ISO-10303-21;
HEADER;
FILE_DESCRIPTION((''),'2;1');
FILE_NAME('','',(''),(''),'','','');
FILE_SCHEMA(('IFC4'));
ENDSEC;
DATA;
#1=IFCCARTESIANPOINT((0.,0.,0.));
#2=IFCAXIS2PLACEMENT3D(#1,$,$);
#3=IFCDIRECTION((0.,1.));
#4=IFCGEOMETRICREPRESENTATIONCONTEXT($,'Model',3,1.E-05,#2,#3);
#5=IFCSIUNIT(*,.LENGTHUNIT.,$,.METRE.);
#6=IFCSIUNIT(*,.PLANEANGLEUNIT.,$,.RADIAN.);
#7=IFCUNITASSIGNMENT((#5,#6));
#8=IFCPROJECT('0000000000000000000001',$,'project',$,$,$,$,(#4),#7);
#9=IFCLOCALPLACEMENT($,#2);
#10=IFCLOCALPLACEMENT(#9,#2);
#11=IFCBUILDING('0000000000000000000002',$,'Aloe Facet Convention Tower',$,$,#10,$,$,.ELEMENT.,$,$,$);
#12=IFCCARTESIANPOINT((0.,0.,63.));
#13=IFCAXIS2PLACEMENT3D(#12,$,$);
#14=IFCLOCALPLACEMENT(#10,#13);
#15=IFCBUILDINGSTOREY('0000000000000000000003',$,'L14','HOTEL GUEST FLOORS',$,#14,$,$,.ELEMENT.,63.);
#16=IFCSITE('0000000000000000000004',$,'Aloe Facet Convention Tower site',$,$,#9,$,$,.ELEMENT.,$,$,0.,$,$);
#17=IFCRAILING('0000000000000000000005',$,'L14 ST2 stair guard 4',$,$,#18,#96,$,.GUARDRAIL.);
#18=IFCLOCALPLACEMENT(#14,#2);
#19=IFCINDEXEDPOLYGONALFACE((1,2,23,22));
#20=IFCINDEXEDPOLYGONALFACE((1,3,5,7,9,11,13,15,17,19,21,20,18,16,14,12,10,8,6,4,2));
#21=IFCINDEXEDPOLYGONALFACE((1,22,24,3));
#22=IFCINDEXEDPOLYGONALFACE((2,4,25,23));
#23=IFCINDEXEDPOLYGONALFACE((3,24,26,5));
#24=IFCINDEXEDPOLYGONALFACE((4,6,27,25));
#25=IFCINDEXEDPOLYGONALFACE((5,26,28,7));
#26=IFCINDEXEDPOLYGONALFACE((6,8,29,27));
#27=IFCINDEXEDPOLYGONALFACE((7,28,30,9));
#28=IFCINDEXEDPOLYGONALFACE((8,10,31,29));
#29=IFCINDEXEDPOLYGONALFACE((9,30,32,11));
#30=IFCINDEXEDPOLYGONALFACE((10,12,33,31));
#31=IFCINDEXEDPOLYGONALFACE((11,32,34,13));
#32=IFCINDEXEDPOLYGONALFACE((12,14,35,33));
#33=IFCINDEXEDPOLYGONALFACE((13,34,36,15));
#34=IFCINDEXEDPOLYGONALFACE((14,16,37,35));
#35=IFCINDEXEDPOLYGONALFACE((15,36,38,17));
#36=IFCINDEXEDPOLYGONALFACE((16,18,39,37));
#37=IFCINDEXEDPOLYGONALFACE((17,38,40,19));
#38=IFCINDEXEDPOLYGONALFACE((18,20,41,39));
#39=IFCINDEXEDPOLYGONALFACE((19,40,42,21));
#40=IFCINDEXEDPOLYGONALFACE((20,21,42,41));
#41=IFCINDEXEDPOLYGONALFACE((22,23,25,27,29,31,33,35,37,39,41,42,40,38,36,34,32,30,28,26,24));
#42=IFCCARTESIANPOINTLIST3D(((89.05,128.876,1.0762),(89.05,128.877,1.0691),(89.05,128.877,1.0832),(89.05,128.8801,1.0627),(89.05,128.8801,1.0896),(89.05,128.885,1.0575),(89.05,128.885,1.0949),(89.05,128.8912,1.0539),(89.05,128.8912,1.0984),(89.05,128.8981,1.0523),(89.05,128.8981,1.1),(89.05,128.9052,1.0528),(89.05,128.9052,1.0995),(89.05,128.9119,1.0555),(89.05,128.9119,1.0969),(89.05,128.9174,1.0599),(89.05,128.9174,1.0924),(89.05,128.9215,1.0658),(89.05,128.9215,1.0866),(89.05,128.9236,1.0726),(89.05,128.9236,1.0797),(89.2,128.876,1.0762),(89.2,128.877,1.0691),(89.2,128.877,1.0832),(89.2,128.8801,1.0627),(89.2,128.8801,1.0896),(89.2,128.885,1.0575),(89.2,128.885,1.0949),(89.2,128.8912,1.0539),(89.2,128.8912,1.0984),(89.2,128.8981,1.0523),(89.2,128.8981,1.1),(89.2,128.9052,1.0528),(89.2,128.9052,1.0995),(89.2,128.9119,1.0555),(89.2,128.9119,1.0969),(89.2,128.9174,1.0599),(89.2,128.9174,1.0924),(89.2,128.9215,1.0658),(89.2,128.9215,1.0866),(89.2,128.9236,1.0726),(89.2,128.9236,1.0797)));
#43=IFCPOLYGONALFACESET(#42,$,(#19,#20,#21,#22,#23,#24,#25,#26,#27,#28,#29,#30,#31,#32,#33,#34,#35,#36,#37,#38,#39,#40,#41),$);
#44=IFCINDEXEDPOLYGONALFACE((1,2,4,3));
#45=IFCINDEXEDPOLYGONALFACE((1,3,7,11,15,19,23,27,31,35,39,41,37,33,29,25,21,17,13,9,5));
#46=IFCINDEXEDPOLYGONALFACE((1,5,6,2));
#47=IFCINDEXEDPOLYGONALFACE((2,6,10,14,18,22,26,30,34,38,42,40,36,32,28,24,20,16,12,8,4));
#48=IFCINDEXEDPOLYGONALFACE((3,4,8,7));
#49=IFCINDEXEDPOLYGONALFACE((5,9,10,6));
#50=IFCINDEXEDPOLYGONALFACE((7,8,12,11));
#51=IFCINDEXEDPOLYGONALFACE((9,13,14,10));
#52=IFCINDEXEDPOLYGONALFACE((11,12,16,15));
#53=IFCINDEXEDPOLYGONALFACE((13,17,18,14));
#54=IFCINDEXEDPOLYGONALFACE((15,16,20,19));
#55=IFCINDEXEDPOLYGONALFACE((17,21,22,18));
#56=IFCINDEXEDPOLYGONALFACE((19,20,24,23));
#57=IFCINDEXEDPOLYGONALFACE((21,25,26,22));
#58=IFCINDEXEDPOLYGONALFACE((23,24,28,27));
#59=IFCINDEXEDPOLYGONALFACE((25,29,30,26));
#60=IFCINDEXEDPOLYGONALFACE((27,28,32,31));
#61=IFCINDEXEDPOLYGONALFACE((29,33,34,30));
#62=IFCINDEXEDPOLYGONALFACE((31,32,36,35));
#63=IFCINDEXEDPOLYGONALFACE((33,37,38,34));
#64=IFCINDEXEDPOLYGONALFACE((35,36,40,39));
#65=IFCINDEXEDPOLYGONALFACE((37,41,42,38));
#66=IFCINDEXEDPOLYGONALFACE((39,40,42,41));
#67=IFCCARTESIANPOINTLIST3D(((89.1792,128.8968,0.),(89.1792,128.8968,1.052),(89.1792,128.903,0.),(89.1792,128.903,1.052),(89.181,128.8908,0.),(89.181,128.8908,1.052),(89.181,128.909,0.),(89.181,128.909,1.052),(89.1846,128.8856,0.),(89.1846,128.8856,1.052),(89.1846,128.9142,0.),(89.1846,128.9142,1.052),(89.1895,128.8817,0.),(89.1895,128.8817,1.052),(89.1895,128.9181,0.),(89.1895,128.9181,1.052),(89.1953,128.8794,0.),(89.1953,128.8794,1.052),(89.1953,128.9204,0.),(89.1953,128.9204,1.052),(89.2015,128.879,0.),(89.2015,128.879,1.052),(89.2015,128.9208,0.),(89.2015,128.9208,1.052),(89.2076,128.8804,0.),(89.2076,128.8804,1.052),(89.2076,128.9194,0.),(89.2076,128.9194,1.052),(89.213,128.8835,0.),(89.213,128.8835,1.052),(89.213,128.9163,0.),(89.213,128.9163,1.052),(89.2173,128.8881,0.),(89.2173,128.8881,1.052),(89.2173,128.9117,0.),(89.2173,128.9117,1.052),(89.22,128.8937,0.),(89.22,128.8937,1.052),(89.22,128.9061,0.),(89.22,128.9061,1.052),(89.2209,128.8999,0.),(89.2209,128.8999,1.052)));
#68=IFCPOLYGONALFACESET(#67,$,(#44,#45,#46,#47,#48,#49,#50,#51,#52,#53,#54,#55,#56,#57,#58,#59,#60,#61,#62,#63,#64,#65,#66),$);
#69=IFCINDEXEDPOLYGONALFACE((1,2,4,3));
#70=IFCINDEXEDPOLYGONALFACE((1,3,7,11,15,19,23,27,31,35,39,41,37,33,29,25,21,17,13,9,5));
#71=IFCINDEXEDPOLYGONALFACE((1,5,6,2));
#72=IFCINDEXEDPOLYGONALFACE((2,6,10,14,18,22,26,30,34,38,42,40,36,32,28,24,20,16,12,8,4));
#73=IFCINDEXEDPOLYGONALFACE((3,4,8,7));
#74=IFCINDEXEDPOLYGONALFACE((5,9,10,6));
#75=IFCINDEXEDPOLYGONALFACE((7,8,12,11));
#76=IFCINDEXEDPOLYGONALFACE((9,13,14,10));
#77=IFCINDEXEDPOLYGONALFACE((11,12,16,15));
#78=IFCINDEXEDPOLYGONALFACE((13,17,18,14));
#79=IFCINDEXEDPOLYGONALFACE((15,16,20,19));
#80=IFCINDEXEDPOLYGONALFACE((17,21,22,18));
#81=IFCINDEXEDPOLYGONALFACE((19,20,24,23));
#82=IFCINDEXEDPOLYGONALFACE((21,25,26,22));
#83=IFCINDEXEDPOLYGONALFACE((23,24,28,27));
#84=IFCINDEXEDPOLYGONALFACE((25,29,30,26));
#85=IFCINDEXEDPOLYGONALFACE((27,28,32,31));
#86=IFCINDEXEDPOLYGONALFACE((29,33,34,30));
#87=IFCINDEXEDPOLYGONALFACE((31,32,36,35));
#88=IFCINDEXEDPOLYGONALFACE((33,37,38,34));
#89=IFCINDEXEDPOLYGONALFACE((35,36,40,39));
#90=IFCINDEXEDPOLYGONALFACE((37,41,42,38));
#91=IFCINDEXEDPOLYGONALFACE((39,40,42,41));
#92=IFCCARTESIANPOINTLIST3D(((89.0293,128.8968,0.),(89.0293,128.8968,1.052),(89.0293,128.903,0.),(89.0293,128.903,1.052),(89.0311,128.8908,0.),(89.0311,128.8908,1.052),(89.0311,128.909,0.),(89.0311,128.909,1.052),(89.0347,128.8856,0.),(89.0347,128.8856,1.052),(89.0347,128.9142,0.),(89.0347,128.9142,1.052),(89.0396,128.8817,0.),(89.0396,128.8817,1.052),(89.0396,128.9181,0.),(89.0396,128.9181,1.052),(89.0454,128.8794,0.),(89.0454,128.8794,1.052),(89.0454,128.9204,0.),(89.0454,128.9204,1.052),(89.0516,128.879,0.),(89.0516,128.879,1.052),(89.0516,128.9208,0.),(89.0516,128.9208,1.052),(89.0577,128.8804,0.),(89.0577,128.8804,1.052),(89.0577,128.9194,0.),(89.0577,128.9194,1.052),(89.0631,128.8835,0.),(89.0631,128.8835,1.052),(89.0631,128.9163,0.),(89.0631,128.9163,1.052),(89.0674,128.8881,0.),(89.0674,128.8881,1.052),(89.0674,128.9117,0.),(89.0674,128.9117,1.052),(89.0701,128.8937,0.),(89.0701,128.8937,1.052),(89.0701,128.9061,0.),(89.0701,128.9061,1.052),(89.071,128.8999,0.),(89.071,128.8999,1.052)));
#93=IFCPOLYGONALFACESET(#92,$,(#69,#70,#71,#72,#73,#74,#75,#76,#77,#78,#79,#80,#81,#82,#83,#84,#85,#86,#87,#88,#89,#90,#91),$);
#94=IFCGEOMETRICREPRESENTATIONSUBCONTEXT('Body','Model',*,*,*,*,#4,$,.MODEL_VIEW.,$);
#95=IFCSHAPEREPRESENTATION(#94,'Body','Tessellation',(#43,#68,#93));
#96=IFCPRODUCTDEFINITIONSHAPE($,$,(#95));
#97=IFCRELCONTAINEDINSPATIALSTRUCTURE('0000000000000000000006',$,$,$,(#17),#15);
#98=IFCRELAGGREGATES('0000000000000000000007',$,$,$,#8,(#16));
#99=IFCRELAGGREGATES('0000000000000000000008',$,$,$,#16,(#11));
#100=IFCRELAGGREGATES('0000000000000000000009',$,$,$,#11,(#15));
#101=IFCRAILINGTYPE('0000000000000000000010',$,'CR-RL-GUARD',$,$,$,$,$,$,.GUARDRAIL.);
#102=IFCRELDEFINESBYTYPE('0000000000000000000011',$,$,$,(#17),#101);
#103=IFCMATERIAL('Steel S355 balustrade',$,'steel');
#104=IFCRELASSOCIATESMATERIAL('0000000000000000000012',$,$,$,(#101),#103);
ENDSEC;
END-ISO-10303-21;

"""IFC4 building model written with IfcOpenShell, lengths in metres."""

from ifc_helpers import new_model, si_unit, direction, frame, origin, origin_2d, place, context, subcontext, project, spatial, circle, extrude, material, type_object, element, save


model = new_model("IFC4")

# Units and contexts
model_context = context("Model", 3, precision=1e-05, world=origin(), true_north=direction((0.0, 1.0)))
body_context = subcontext(model_context, "Body", "Model", "MODEL_VIEW")
ifc_project = project(units=[si_unit("LENGTHUNIT", "METRE"), si_unit("PLANEANGLEUNIT", "RADIAN")], contexts=[model_context])

# Site, building, storey
site_placement = place(None, origin())
site = spatial("IfcSite", under=ifc_project, at=site_placement, Name="Aloe Facet Convention Tower site", CompositionType="ELEMENT", RefElevation=0.0)
building_placement = place(site_placement, origin())
building = spatial("IfcBuilding", under=site, at=building_placement, Name="Aloe Facet Convention Tower", CompositionType="ELEMENT")
storey_placement = place(building_placement, frame((0.0, 0.0, 63.0)))
storey = spatial("IfcBuildingStorey", under=building, at=storey_placement, Name="L14", Description="HOTEL GUEST FLOORS", CompositionType="ELEMENT", Elevation=63.0)

# Railing
ifc_material_1 = material(Name="Steel S355 balustrade", Category="steel")
railing_type_1 = type_object("IfcRailingType", Name="CR-RL-GUARD", PredefinedType="GUARDRAIL", material=ifc_material_1)
railing_1_placement = place(storey_placement, frame((89.2, 128.8999, 0.0)))
element("IfcRailing", 1, at=railing_1_placement, inside=storey, type_object=railing_type_1, Name="L14 ST2 stair guard 4", PredefinedType="GUARDRAIL", context=body_context, shape_type="SweptSolid", body=[
    extrude(circle(Radius=0.0239, at=origin_2d()), frame((0.0, 0.0, 1.0762), z_axis=(-1.0, 0.0, 0.0), x_axis=(0.0, -1.0, 0.0)), (0.0, 0.0, 1.0), 0.1499),
    extrude(circle(Radius=0.021, at=origin_2d()), origin(), (0.0, 0.0, 1.0), 1.052),
    extrude(circle(Radius=0.021, at=origin_2d()), frame((-0.1499, 0.0, 0.0)), (0.0, 0.0, 1.0), 1.052),
])

save(model, "model.ifc")
